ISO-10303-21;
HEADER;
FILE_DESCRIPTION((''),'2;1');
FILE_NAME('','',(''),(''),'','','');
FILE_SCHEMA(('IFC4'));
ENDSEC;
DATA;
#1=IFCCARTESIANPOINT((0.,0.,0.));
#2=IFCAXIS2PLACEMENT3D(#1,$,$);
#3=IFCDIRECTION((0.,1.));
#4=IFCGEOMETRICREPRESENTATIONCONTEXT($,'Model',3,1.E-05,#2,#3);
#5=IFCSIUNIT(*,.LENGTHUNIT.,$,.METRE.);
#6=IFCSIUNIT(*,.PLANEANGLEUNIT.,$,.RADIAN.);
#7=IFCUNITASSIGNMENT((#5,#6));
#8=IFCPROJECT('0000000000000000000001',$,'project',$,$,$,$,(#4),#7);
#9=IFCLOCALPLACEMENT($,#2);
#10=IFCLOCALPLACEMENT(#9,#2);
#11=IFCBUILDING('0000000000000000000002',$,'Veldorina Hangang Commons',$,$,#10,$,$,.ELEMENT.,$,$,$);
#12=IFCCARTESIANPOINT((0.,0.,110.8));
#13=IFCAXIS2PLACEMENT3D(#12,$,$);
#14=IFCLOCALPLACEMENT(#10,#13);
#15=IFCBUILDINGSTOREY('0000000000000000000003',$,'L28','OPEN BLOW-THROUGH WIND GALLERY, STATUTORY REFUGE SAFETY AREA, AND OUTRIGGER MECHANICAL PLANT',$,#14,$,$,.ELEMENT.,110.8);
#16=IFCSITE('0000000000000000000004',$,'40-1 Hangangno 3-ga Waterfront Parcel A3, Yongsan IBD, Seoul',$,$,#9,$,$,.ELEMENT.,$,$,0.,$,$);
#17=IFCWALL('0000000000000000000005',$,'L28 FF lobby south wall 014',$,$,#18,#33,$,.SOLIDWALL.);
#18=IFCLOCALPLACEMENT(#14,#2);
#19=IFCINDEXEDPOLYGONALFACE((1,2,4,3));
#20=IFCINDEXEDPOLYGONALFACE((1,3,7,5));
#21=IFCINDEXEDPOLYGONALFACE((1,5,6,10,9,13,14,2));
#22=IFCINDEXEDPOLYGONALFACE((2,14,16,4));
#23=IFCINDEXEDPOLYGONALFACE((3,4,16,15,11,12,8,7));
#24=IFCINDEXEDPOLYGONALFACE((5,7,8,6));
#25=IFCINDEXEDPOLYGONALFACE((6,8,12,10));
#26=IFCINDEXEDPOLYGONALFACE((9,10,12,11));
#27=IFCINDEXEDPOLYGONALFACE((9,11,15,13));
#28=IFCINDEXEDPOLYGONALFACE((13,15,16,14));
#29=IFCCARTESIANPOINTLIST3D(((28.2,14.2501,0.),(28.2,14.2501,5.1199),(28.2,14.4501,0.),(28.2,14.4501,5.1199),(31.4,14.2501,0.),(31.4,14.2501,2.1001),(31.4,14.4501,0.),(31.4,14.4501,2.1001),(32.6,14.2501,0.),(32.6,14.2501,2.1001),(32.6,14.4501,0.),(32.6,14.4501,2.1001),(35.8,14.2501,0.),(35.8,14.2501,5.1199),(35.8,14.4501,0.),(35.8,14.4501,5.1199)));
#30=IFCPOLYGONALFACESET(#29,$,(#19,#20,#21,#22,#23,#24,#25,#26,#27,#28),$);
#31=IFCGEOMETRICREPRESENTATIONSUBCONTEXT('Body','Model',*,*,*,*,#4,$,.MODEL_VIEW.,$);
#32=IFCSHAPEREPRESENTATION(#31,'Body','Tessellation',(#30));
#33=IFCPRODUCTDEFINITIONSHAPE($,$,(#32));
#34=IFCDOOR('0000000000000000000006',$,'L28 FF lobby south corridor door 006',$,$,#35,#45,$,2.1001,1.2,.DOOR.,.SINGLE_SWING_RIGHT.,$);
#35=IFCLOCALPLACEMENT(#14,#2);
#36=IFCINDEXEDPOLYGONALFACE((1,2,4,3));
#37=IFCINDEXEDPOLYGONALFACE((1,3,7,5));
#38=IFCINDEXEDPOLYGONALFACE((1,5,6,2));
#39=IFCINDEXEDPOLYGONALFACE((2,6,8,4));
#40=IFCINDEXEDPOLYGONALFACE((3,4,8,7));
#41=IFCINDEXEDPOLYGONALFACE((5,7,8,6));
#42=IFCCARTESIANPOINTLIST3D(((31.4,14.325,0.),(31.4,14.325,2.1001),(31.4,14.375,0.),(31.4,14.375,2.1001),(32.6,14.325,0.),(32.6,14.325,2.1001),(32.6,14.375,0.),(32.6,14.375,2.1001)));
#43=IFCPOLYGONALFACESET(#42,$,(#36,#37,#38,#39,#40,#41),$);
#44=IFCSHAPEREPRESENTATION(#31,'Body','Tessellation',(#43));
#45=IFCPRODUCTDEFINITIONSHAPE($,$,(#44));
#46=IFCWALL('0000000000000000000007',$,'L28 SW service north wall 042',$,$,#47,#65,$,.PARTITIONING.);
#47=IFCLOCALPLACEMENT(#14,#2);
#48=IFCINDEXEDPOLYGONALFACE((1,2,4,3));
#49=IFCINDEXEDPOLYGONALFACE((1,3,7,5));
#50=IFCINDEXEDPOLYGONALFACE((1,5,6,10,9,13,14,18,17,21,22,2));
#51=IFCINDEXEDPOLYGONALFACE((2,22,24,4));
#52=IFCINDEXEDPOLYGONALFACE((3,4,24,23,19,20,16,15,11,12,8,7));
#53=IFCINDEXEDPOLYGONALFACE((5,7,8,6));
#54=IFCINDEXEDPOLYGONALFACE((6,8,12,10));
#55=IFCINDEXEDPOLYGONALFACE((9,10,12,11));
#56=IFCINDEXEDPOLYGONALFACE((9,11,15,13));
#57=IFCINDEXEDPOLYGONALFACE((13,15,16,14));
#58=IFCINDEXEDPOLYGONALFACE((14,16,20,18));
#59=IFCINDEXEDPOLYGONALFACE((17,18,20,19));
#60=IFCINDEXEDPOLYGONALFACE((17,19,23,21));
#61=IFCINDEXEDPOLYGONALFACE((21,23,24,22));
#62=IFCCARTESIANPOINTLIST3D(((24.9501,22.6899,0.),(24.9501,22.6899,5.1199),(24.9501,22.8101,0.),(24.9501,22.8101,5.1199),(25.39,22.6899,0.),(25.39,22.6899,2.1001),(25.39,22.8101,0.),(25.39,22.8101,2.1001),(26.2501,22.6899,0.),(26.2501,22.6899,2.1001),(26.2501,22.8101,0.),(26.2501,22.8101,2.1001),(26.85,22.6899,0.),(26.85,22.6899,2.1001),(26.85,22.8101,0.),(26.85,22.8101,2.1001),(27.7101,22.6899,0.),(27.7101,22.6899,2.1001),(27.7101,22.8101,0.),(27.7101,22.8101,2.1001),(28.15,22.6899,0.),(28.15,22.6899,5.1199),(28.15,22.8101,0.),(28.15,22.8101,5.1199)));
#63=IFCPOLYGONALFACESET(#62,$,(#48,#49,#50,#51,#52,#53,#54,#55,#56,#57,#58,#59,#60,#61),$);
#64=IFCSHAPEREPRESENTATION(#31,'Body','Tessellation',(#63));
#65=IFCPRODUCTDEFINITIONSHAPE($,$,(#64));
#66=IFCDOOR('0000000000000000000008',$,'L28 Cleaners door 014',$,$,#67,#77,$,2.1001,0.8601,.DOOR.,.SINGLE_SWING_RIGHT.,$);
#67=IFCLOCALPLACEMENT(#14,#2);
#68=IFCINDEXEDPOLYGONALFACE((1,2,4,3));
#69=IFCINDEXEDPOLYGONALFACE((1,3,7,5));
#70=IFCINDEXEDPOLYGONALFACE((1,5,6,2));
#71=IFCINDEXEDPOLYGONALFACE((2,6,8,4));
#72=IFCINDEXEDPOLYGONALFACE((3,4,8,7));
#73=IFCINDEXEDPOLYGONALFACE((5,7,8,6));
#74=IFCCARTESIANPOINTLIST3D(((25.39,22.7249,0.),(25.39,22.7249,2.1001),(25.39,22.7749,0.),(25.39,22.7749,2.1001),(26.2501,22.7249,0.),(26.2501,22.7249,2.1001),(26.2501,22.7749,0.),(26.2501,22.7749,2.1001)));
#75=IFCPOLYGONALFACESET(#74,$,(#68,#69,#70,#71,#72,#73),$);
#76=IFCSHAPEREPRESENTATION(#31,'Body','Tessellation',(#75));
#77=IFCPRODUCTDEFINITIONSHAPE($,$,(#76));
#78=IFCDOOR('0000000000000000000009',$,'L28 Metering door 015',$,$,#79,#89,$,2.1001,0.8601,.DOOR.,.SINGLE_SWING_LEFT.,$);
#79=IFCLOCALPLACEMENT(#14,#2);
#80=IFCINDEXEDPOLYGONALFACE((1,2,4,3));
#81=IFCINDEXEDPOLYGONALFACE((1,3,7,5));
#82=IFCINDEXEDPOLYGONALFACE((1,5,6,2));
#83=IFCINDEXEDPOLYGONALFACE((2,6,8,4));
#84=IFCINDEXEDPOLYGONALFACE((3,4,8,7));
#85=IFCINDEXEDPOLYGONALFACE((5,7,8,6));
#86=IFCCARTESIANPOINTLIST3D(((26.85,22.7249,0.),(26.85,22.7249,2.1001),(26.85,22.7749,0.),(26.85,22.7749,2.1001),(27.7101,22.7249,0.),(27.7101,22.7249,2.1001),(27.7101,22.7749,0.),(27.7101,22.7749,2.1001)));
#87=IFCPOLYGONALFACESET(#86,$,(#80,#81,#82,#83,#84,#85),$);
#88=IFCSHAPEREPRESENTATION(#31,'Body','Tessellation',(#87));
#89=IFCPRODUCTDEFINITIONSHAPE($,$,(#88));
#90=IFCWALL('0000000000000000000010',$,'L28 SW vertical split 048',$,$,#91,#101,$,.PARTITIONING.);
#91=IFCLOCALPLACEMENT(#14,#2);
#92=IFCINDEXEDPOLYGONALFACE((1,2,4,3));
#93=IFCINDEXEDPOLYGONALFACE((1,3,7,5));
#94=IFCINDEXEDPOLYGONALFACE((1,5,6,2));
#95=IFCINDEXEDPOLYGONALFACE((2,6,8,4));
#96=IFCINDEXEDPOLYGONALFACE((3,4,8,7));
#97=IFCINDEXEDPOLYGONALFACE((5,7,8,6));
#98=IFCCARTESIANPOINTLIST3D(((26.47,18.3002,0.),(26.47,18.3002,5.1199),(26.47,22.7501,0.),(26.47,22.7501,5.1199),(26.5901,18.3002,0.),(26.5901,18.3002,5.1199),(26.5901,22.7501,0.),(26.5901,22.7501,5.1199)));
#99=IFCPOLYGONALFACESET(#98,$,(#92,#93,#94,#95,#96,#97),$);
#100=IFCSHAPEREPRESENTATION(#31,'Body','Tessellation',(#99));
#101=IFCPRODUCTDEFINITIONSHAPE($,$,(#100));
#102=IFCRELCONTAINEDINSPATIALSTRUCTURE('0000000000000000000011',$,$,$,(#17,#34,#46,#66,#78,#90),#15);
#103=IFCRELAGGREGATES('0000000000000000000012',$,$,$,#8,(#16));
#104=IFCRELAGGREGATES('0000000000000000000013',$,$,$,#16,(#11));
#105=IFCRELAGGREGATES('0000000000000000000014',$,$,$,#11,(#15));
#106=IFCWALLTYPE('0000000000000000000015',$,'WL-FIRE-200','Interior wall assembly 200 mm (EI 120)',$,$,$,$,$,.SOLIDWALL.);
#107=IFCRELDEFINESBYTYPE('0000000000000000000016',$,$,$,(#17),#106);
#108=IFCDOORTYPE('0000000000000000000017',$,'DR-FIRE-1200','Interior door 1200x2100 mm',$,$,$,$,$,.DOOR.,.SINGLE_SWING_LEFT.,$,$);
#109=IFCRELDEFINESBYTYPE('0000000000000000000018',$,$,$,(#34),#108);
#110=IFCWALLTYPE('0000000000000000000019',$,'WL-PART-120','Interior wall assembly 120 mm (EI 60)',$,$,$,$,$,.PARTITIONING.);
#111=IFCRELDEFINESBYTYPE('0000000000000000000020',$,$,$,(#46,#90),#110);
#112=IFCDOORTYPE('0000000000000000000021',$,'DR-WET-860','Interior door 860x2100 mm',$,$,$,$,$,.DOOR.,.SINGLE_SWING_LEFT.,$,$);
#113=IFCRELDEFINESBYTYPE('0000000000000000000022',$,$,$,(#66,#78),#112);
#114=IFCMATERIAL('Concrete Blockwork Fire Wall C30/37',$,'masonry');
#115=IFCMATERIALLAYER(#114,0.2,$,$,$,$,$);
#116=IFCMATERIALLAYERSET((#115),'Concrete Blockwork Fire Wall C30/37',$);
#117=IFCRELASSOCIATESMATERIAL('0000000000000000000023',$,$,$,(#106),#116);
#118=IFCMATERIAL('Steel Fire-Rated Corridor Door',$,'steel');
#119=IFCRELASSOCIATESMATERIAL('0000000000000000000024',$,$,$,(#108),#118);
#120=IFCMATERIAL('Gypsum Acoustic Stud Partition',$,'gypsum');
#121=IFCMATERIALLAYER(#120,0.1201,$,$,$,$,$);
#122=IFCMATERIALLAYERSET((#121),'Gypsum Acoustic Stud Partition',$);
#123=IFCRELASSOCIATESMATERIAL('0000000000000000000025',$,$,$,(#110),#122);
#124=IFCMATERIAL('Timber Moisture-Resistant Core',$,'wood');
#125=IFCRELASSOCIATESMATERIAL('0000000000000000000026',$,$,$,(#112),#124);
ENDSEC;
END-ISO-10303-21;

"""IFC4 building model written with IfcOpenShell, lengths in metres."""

from ifc_helpers import new_model, si_unit, direction, frame, frame_2d, origin, place, context, subcontext, project, spatial, rectangle, extrude, material, layer, layer_set, type_object, element, fill, save


model = new_model("IFC4")

# Units and contexts
model_context = context("Model", 3, precision=1e-05, world=origin(), true_north=direction((0.0, 1.0)))
body_context = subcontext(model_context, "Body", "Model", "MODEL_VIEW")
ifc_project = project(units=[si_unit("LENGTHUNIT", "METRE"), si_unit("PLANEANGLEUNIT", "RADIAN")], contexts=[model_context])

# Site, building, storey
site_placement = place(None, origin())
site = spatial("IfcSite", under=ifc_project, at=site_placement, Name="40-1 Hangangno 3-ga Waterfront Parcel A3, Yongsan IBD, Seoul", CompositionType="ELEMENT", RefElevation=0.0)
building_placement = place(site_placement, origin())
building = spatial("IfcBuilding", under=site, at=building_placement, Name="Veldorina Hangang Commons", CompositionType="ELEMENT")
storey_placement = place(building_placement, frame((0.0, 0.0, 110.8)))
storey = spatial("IfcBuildingStorey", under=building, at=storey_placement, Name="L28", Description="OPEN BLOW-THROUGH WIND GALLERY, STATUTORY REFUGE SAFETY AREA, AND OUTRIGGER MECHANICAL PLANT", CompositionType="ELEMENT", Elevation=110.8)

# Wall, opening, door
ifc_material_1 = material(Name="Concrete Blockwork Fire Wall C30/37", Category="masonry")
ifc_layer_1 = layer(ifc_material_1, 0.2)
ifc_layer_set_1 = layer_set([ifc_layer_1], Name="Concrete Blockwork Fire Wall C30/37")
wall_type_1 = type_object("IfcWallType", Name="WL-FIRE-200", Description="Interior wall assembly 200 mm (EI 120)", PredefinedType="SOLIDWALL", material=ifc_layer_set_1)
wall_1_placement = place(storey_placement, frame((28.2, 14.3501, 0.0), z_axis=(0.0, 0.0, 1.0), x_axis=(1.0, 0.0, 0.0)))
wall_1 = element("IfcWall", 1, at=wall_1_placement, inside=storey, type_object=wall_type_1, Name="L28 FF lobby south wall 014", PredefinedType="SOLIDWALL", context=body_context, shape_type="SweptSolid", body=[
    extrude(rectangle(XDim=7.6001, YDim=0.2, at=frame_2d((3.8, 0.0))), origin(), (0.0, 0.0, 1.0), 5.1199),
])
opening_1_placement = place(wall_1_placement, frame((3.2, 0.0, 0.0)))
opening_1 = element("IfcOpeningElement", 2, at=opening_1_placement, cuts=wall_1, PredefinedType="OPENING", context=body_context, shape_type="SweptSolid", body=[
    extrude(rectangle(XDim=1.2, YDim=2.1001, at=frame_2d((0.6001, 1.05))), frame((0.0, 0.1099, 0.0), z_axis=(0.0, -1.0, 0.0), x_axis=(1.0, 0.0, 0.0)), (0.0, 0.0, 1.0), 0.22),
])
ifc_material_2 = material(Name="Steel Fire-Rated Corridor Door", Category="steel")
door_type_1 = type_object("IfcDoorType", Name="DR-FIRE-1200", Description="Interior door 1200x2100 mm", OperationType="SINGLE_SWING_LEFT", PredefinedType="DOOR", material=ifc_material_2)
door_1_placement = place(opening_1_placement, origin())
door_1 = element("IfcDoor", 3, at=door_1_placement, inside=storey, type_object=door_type_1, Name="L28 FF lobby south corridor door 006", OperationType="SINGLE_SWING_RIGHT", OverallHeight=2.1001, OverallWidth=1.2, PredefinedType="DOOR", context=body_context, shape_type="SweptSolid", body=[
    extrude(rectangle(XDim=1.2, YDim=2.1001, at=frame_2d((0.6001, 1.05))), frame((0.0, 0.0249, 0.0), z_axis=(0.0, -1.0, 0.0), x_axis=(1.0, 0.0, 0.0)), (0.0, 0.0, 1.0), 0.05),
])
fill(opening_1, door_1)

# Wall, openings, doors
ifc_material_3 = material(Name="Gypsum Acoustic Stud Partition", Category="gypsum")
ifc_layer_2 = layer(ifc_material_3, 0.1201)
ifc_layer_set_2 = layer_set([ifc_layer_2], Name="Gypsum Acoustic Stud Partition")
wall_type_2 = type_object("IfcWallType", Name="WL-PART-120", Description="Interior wall assembly 120 mm (EI 60)", PredefinedType="PARTITIONING", material=ifc_layer_set_2)
wall_2_placement = place(storey_placement, frame((24.95, 22.75, 0.0), z_axis=(0.0, 0.0, 1.0), x_axis=(1.0, 0.0, 0.0)))
wall_2 = element("IfcWall", 4, at=wall_2_placement, inside=storey, type_object=wall_type_2, Name="L28 SW service north wall 042", PredefinedType="PARTITIONING", context=body_context, shape_type="SweptSolid", body=[
    extrude(rectangle(XDim=3.2, YDim=0.1201, at=frame_2d((1.6001, 0.0))), origin(), (0.0, 0.0, 1.0), 5.1199),
])
opening_2_placement = place(wall_2_placement, frame((0.4399, 0.0, 0.0)))
opening_2 = element("IfcOpeningElement", 5, at=opening_2_placement, cuts=wall_2, PredefinedType="OPENING", context=body_context, shape_type="SweptSolid", body=[
    extrude(rectangle(XDim=0.8601, YDim=2.1001, at=frame_2d((0.4302, 1.05))), frame((0.0, 0.0701, 0.0), z_axis=(0.0, -1.0, 0.0), x_axis=(1.0, 0.0, 0.0)), (0.0, 0.0, 1.0), 0.1401),
])
opening_3_placement = place(wall_2_placement, frame((1.8999, 0.0, 0.0)))
opening_3 = element("IfcOpeningElement", 6, at=opening_3_placement, cuts=wall_2, PredefinedType="OPENING", context=body_context, shape_type="SweptSolid", body=[
    extrude(rectangle(XDim=0.8601, YDim=2.1001, at=frame_2d((0.4302, 1.05))), frame((0.0, 0.0701, 0.0), z_axis=(0.0, -1.0, 0.0), x_axis=(1.0, 0.0, 0.0)), (0.0, 0.0, 1.0), 0.1401),
])
ifc_material_4 = material(Name="Timber Moisture-Resistant Core", Category="wood")
door_type_2 = type_object("IfcDoorType", Name="DR-WET-860", Description="Interior door 860x2100 mm", OperationType="SINGLE_SWING_LEFT", PredefinedType="DOOR", material=ifc_material_4)
door_2_placement = place(opening_2_placement, origin())
door_2 = element("IfcDoor", 7, at=door_2_placement, inside=storey, type_object=door_type_2, Name="L28 Cleaners door 014", OperationType="SINGLE_SWING_RIGHT", OverallHeight=2.1001, OverallWidth=0.8601, PredefinedType="DOOR", context=body_context, shape_type="SweptSolid", body=[
    extrude(rectangle(XDim=0.8601, YDim=2.1001, at=frame_2d((0.4302, 1.05))), frame((0.0, 0.0249, 0.0), z_axis=(0.0, -1.0, 0.0), x_axis=(1.0, 0.0, 0.0)), (0.0, 0.0, 1.0), 0.05),
])
fill(opening_2, door_2)
door_3_placement = place(opening_3_placement, origin())
door_3 = element("IfcDoor", 8, at=door_3_placement, inside=storey, type_object=door_type_2, Name="L28 Metering door 015", OperationType="SINGLE_SWING_LEFT", OverallHeight=2.1001, OverallWidth=0.8601, PredefinedType="DOOR", context=body_context, shape_type="SweptSolid", body=[
    extrude(rectangle(XDim=0.8601, YDim=2.1001, at=frame_2d((0.4302, 1.05))), frame((0.0, 0.0249, 0.0), z_axis=(0.0, -1.0, 0.0), x_axis=(1.0, 0.0, 0.0)), (0.0, 0.0, 1.0), 0.05),
])
fill(opening_3, door_3)

# Wall
wall_3_placement = place(storey_placement, frame((26.53, 18.3, 0.0), z_axis=(0.0, 0.0, 1.0), x_axis=(0.0, 1.0, 0.0)))
element("IfcWall", 9, at=wall_3_placement, inside=storey, type_object=wall_type_2, Name="L28 SW vertical split 048", PredefinedType="PARTITIONING", context=body_context, shape_type="SweptSolid", body=[
    extrude(rectangle(XDim=4.45, YDim=0.1201, at=frame_2d((2.2251, 0.0))), origin(), (0.0, 0.0, 1.0), 5.1199),
])

save(model, "model.ifc")
